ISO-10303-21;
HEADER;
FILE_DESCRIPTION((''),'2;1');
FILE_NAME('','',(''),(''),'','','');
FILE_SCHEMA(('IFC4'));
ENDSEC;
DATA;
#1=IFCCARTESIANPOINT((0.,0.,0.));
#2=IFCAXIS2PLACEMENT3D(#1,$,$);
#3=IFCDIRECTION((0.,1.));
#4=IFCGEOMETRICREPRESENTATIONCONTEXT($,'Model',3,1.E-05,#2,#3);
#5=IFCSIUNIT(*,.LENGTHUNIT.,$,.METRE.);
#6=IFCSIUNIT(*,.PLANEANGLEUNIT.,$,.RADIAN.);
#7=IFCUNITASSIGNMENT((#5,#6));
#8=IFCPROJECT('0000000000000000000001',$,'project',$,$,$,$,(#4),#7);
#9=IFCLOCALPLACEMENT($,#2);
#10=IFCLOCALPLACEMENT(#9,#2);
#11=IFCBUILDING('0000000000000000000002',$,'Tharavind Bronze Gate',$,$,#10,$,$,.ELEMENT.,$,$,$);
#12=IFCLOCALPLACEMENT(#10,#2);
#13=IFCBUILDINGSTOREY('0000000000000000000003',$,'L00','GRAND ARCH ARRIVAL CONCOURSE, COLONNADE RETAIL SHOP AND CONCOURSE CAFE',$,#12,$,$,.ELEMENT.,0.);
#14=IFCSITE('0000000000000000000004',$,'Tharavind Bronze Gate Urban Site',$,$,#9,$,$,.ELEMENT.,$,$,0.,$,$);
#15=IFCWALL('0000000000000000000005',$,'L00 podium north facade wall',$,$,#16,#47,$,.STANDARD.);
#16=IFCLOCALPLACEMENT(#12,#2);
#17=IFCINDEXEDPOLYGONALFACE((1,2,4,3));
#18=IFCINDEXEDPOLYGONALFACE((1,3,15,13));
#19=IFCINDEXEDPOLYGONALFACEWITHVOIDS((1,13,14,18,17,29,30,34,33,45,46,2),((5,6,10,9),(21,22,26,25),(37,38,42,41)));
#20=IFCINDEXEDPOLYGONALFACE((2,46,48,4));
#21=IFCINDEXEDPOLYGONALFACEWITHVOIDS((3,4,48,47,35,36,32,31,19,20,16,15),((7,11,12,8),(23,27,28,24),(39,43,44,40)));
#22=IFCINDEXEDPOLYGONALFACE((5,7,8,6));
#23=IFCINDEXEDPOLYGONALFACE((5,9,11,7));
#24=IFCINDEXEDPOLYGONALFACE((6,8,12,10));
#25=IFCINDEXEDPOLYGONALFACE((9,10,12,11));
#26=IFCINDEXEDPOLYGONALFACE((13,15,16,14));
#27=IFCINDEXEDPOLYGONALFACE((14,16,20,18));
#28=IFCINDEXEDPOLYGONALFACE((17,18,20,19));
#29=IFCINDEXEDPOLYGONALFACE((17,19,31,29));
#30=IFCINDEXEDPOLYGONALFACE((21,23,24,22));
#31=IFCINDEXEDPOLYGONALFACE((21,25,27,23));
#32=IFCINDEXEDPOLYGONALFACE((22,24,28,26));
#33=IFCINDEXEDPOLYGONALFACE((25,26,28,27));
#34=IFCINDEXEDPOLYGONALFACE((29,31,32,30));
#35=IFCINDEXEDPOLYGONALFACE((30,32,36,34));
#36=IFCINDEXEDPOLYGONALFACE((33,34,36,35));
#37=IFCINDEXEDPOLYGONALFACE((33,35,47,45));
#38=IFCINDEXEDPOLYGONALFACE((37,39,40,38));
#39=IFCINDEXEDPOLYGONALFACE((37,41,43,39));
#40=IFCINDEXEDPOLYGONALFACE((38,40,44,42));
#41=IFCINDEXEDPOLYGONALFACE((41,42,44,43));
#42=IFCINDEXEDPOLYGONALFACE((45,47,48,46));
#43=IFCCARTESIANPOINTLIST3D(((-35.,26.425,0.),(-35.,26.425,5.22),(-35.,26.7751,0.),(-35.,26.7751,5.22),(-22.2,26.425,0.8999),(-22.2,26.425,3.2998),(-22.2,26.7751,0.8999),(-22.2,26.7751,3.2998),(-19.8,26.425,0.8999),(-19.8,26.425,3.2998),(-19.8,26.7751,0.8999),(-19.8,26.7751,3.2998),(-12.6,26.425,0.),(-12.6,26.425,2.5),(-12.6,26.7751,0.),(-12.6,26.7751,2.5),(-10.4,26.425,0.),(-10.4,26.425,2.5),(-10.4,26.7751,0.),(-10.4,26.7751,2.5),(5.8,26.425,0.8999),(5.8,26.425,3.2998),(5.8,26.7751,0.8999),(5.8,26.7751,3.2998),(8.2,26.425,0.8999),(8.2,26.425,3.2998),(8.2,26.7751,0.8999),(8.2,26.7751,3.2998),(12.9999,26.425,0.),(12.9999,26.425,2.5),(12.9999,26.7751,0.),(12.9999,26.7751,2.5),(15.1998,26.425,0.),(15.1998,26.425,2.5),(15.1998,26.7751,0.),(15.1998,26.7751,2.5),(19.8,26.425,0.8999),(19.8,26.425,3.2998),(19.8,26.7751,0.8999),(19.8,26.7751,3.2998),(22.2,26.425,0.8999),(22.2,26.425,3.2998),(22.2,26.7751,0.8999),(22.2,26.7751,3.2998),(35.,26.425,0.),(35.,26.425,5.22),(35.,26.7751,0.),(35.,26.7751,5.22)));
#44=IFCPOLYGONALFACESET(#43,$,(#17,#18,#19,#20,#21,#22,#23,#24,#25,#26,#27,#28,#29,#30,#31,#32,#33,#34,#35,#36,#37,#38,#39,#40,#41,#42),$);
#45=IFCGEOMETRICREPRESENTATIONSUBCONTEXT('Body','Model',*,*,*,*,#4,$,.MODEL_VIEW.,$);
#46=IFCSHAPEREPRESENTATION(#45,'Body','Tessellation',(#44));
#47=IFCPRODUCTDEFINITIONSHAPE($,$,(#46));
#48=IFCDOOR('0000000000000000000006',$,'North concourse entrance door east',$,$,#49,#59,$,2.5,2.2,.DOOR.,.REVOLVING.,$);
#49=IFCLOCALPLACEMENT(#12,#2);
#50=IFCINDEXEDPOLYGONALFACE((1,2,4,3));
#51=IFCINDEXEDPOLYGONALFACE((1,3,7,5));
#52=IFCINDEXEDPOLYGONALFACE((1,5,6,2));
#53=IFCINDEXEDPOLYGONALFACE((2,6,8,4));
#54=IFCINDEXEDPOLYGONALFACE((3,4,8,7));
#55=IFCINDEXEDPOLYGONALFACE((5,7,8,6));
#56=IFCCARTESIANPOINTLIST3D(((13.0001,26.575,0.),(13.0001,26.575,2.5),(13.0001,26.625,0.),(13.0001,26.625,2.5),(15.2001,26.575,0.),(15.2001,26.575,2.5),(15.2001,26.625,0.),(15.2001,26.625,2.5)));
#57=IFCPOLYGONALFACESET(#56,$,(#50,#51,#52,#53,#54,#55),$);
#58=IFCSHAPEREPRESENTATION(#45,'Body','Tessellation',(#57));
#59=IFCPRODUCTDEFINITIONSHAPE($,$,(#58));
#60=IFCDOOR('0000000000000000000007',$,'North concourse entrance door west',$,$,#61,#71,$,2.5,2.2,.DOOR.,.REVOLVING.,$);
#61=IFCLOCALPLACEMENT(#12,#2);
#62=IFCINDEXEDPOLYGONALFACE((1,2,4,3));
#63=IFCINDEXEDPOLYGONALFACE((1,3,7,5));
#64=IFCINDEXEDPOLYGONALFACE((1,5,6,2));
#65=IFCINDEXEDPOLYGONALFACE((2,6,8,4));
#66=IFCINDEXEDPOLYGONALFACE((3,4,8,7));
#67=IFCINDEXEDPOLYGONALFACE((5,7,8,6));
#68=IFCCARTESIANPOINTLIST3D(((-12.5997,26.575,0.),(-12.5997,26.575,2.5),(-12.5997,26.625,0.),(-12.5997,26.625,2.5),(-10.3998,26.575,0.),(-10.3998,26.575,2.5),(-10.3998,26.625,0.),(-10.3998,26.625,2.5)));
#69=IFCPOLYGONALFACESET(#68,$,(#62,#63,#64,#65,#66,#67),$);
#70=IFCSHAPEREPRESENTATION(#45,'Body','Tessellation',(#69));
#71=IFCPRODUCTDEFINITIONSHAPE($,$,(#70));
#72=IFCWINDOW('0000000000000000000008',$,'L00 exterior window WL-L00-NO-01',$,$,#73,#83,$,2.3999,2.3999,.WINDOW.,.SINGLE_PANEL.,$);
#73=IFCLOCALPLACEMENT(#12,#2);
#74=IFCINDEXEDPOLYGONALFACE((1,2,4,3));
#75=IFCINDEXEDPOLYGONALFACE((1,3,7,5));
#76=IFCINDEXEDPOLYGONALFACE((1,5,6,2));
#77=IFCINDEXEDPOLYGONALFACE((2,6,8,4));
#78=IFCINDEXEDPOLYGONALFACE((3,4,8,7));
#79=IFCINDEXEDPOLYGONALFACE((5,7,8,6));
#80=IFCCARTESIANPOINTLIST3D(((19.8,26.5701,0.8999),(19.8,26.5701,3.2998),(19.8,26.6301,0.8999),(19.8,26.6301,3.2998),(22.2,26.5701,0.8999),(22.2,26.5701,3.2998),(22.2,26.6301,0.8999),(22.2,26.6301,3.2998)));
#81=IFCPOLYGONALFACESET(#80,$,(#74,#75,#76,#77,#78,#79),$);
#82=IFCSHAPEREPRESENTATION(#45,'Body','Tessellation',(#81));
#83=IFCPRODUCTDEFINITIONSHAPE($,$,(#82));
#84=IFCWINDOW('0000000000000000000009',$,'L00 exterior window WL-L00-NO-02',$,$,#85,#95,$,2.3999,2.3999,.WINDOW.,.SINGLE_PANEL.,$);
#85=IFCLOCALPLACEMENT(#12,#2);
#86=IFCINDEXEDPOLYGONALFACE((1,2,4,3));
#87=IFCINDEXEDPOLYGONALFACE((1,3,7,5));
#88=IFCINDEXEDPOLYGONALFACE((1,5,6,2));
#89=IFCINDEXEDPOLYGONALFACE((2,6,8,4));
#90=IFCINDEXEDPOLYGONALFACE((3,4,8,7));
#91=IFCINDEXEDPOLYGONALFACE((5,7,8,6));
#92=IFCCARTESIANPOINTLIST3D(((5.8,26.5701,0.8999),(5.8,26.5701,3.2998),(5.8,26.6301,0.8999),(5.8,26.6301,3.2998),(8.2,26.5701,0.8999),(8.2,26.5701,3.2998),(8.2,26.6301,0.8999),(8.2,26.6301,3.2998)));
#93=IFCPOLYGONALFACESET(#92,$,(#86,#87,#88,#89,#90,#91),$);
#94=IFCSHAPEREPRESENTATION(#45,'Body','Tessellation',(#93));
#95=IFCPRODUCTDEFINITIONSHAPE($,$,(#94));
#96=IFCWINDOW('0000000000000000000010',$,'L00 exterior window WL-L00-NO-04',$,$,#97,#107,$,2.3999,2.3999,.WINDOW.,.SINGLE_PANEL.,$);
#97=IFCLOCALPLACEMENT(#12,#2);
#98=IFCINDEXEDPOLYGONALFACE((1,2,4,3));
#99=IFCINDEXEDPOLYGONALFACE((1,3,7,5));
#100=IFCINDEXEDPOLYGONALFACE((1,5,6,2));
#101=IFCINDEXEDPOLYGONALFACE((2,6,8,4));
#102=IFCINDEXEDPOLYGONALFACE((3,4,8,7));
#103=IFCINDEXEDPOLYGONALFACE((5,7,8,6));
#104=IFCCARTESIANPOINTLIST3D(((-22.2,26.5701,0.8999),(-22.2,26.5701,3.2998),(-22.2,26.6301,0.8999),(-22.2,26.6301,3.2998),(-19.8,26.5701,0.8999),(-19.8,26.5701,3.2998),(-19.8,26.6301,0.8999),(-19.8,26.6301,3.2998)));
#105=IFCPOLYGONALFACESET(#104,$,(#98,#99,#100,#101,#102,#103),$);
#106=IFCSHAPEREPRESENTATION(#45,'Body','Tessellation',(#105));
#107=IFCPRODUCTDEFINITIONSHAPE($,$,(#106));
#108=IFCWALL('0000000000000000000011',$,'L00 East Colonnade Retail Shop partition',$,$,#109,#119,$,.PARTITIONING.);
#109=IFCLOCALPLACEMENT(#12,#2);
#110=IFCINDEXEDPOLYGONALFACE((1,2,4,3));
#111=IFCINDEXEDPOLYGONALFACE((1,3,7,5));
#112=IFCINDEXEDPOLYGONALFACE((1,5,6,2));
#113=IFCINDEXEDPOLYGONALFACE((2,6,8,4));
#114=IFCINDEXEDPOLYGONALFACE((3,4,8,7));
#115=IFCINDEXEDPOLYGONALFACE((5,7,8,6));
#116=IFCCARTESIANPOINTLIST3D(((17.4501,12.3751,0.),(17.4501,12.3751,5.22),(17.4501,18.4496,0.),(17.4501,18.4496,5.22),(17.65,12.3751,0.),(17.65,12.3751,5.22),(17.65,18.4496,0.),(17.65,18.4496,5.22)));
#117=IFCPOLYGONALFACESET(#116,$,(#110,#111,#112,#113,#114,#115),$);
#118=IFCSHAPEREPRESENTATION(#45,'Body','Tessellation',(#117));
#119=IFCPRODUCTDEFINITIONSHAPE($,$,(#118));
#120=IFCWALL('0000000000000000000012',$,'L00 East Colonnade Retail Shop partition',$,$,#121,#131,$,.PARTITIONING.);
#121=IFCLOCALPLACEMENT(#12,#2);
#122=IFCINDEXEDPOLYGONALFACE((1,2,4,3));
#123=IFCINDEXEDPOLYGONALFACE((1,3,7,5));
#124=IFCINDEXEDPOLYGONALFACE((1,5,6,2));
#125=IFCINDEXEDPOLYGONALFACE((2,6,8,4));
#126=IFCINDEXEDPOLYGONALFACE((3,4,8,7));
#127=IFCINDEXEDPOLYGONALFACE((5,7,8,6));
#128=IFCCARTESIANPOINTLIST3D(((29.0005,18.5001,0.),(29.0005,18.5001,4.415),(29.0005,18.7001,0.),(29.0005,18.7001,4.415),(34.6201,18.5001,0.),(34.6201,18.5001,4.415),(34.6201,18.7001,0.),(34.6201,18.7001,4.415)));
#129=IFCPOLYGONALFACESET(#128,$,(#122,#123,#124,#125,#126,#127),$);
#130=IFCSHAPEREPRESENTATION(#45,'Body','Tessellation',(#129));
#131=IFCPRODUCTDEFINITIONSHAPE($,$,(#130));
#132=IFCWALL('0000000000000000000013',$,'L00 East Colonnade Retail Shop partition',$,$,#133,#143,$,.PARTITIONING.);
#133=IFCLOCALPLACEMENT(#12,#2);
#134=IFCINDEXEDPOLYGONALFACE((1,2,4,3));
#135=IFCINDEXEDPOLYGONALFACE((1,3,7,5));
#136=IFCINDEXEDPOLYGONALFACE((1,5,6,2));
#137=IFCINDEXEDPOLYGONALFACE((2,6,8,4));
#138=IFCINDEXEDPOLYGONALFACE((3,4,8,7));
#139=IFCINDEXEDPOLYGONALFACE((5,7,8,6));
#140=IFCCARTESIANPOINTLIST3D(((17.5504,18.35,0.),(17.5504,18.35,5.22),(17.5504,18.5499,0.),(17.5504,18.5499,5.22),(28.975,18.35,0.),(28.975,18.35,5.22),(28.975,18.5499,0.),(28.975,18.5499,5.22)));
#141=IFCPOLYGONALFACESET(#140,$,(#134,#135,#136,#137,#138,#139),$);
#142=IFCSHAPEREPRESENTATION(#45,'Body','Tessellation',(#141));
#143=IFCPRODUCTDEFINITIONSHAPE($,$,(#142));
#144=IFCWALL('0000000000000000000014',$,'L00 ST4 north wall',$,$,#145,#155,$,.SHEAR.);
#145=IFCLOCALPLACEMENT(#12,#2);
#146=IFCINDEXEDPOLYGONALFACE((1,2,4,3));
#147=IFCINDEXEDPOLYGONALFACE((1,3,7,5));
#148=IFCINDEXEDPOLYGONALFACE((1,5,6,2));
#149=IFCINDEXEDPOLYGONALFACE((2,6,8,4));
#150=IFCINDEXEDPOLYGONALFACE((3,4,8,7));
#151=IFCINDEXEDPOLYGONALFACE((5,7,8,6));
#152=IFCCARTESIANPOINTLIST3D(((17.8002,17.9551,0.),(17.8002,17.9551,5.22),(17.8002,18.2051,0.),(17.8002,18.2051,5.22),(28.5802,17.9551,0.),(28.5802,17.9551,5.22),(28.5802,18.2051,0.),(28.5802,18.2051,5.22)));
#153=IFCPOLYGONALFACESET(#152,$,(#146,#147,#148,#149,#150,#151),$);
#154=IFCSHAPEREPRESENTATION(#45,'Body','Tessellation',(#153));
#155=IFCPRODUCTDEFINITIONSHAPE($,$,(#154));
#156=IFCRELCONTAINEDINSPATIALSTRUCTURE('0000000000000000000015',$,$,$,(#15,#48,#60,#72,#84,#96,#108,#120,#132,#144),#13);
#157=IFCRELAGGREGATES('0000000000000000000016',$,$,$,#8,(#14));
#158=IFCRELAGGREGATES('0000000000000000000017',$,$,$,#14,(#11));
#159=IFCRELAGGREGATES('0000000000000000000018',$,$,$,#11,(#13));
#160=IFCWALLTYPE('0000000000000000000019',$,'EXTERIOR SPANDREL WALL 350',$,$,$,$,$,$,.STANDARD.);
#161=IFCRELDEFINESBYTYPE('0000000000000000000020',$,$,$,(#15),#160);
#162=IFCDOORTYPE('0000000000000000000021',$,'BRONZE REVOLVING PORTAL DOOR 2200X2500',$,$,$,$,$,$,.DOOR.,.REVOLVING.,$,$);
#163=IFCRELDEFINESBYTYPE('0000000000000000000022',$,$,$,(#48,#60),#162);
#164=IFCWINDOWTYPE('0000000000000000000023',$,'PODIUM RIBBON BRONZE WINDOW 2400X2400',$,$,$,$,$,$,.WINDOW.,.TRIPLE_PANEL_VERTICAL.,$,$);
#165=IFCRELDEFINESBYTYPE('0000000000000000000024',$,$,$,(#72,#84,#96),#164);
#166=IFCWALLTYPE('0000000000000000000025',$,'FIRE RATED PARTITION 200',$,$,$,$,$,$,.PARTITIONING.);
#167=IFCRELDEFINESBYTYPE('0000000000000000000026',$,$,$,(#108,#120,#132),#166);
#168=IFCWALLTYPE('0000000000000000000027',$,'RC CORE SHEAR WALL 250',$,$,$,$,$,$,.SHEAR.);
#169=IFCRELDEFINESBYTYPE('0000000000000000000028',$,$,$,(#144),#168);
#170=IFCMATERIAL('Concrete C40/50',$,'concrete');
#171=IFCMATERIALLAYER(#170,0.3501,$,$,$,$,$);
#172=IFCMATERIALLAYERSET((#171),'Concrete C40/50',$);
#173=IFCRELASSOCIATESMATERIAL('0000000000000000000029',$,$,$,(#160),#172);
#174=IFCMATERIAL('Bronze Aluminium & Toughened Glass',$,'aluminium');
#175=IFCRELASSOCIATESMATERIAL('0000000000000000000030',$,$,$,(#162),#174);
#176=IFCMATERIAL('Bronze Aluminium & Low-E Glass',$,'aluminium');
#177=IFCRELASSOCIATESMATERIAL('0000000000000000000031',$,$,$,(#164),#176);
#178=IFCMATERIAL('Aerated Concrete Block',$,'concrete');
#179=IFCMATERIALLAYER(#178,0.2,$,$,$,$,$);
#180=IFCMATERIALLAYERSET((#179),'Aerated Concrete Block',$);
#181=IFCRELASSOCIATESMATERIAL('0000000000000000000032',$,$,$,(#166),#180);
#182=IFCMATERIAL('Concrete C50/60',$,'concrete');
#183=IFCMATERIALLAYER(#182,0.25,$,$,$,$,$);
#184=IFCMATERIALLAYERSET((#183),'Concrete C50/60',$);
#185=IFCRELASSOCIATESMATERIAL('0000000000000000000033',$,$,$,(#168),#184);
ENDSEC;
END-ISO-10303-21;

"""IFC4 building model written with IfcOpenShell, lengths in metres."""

from ifc_helpers import new_model, si_unit, direction, frame, frame_2d, origin, place, context, subcontext, project, spatial, rectangle, extrude, material, layer, layer_set, type_object, element, fill, save


model = new_model("IFC4")

# Units and contexts
model_context = context("Model", 3, precision=1e-05, world=origin(), true_north=direction((0.0, 1.0)))
body_context = subcontext(model_context, "Body", "Model", "MODEL_VIEW")
ifc_project = project(units=[si_unit("LENGTHUNIT", "METRE"), si_unit("PLANEANGLEUNIT", "RADIAN")], contexts=[model_context])

# Site, building, storey
site_placement = place(None, origin())
site = spatial("IfcSite", under=ifc_project, at=site_placement, Name="Tharavind Bronze Gate Urban Site", CompositionType="ELEMENT", RefElevation=0.0)
building_placement = place(site_placement, origin())
building = spatial("IfcBuilding", under=site, at=building_placement, Name="Tharavind Bronze Gate", CompositionType="ELEMENT")
storey_placement = place(building_placement, origin())
storey = spatial("IfcBuildingStorey", under=building, at=storey_placement, Name="L00", Description="GRAND ARCH ARRIVAL CONCOURSE, COLONNADE RETAIL SHOP AND CONCOURSE CAFE", CompositionType="ELEMENT", Elevation=0.0)

# Wall, openings, doors, windows
ifc_material_1 = material(Name="Concrete C40/50", Category="concrete")
ifc_layer_1 = layer(ifc_material_1, 0.3501)
ifc_layer_set_1 = layer_set([ifc_layer_1], Name="Concrete C40/50")
wall_type_1 = type_object("IfcWallType", Name="EXTERIOR SPANDREL WALL 350", PredefinedType="STANDARD", material=ifc_layer_set_1)
wall_1_placement = place(storey_placement, frame((35.0, 26.6001, 0.0), z_axis=(0.0, 0.0, 1.0), x_axis=(-1.0, 0.0, 0.0)))
wall_1 = element("IfcWall", 1, at=wall_1_placement, inside=storey, type_object=wall_type_1, Name="L00 podium north facade wall", PredefinedType="STANDARD", context=body_context, shape_type="SweptSolid", body=[
    extrude(rectangle(XDim=70.0, YDim=0.3501, at=frame_2d((35.0, 0.0))), origin(), (0.0, 0.0, 1.0), 5.22),
])
opening_1_placement = place(wall_1_placement, frame((19.8, 0.0, 0.0)))
opening_1 = element("IfcOpeningElement", 2, at=opening_1_placement, cuts=wall_1, PredefinedType="OPENING", context=body_context, shape_type="SweptSolid", body=[
    extrude(rectangle(XDim=2.2, YDim=2.5, at=frame_2d((1.1001, 1.25))), frame((0.0, 0.185, 0.0), z_axis=(0.0, -1.0, 0.0), x_axis=(1.0, 0.0, 0.0)), (0.0, 0.0, 1.0), 0.3701),
])
opening_2_placement = place(wall_1_placement, frame((45.3999, 0.0, 0.0)))
opening_2 = element("IfcOpeningElement", 3, at=opening_2_placement, cuts=wall_1, PredefinedType="OPENING", context=body_context, shape_type="SweptSolid", body=[
    extrude(rectangle(XDim=2.2, YDim=2.5, at=frame_2d((1.1001, 1.25))), frame((0.0, 0.185, 0.0), z_axis=(0.0, -1.0, 0.0), x_axis=(1.0, 0.0, 0.0)), (0.0, 0.0, 1.0), 0.3701),
])
opening_3_placement = place(wall_1_placement, frame((12.8, 0.0, 0.8999)))
opening_3 = element("IfcOpeningElement", 4, at=opening_3_placement, cuts=wall_1, PredefinedType="OPENING", context=body_context, shape_type="SweptSolid", body=[
    extrude(rectangle(XDim=2.3999, YDim=2.3999, at=frame_2d((1.2, 1.2))), frame((0.0, 0.185, 0.0), z_axis=(0.0, -1.0, 0.0), x_axis=(1.0, 0.0, 0.0)), (0.0, 0.0, 1.0), 0.3701),
])
opening_4_placement = place(wall_1_placement, frame((26.8, 0.0, 0.8999)))
opening_4 = element("IfcOpeningElement", 5, at=opening_4_placement, cuts=wall_1, PredefinedType="OPENING", context=body_context, shape_type="SweptSolid", body=[
    extrude(rectangle(XDim=2.3999, YDim=2.3999, at=frame_2d((1.2, 1.2))), frame((0.0, 0.185, 0.0), z_axis=(0.0, -1.0, 0.0), x_axis=(1.0, 0.0, 0.0)), (0.0, 0.0, 1.0), 0.3701),
])
opening_5_placement = place(wall_1_placement, frame((54.8, 0.0, 0.8999)))
opening_5 = element("IfcOpeningElement", 6, at=opening_5_placement, cuts=wall_1, PredefinedType="OPENING", context=body_context, shape_type="SweptSolid", body=[
    extrude(rectangle(XDim=2.3999, YDim=2.3999, at=frame_2d((1.2, 1.2))), frame((0.0, 0.185, 0.0), z_axis=(0.0, -1.0, 0.0), x_axis=(1.0, 0.0, 0.0)), (0.0, 0.0, 1.0), 0.3701),
])
ifc_material_2 = material(Name="Bronze Aluminium & Toughened Glass", Category="aluminium")
door_type = type_object("IfcDoorType", Name="BRONZE REVOLVING PORTAL DOOR 2200X2500", OperationType="REVOLVING", PredefinedType="DOOR", material=ifc_material_2)
door_1_placement = place(opening_1_placement, frame((2.2, 0.0, 0.0), z_axis=(0.0, 0.0, 1.0), x_axis=(-1.0, 0.0, 0.0)))
door_1 = element("IfcDoor", 7, at=door_1_placement, inside=storey, type_object=door_type, Name="North concourse entrance door east", OperationType="REVOLVING", OverallHeight=2.5, OverallWidth=2.2, PredefinedType="DOOR", context=body_context, shape_type="SweptSolid", body=[
    extrude(rectangle(XDim=2.2, YDim=2.5, at=frame_2d((1.1001, 1.25))), frame((0.0, 0.0249, 0.0), z_axis=(0.0, -1.0, 0.0), x_axis=(1.0, 0.0, 0.0)), (0.0, 0.0, 1.0), 0.05),
])
fill(opening_1, door_1)
door_2_placement = place(opening_2_placement, frame((2.2, 0.0, 0.0), z_axis=(0.0, 0.0, 1.0), x_axis=(-1.0, 0.0, 0.0)))
door_2 = element("IfcDoor", 8, at=door_2_placement, inside=storey, type_object=door_type, Name="North concourse entrance door west", OperationType="REVOLVING", OverallHeight=2.5, OverallWidth=2.2, PredefinedType="DOOR", context=body_context, shape_type="SweptSolid", body=[
    extrude(rectangle(XDim=2.2, YDim=2.5, at=frame_2d((1.1001, 1.25))), frame((0.0, 0.0249, 0.0), z_axis=(0.0, -1.0, 0.0), x_axis=(1.0, 0.0, 0.0)), (0.0, 0.0, 1.0), 0.05),
])
fill(opening_2, door_2)
ifc_material_3 = material(Name="Bronze Aluminium & Low-E Glass", Category="aluminium")
window_type = type_object("IfcWindowType", Name="PODIUM RIBBON BRONZE WINDOW 2400X2400", PartitioningType="TRIPLE_PANEL_VERTICAL", PredefinedType="WINDOW", material=ifc_material_3)
window_1_placement = place(opening_3_placement, origin())
window_1 = element("IfcWindow", 9, at=window_1_placement, inside=storey, type_object=window_type, Name="L00 exterior window WL-L00-NO-01", OverallHeight=2.3999, OverallWidth=2.3999, PartitioningType="SINGLE_PANEL", PredefinedType="WINDOW", context=body_context, shape_type="SweptSolid", body=[
    extrude(rectangle(XDim=2.3999, YDim=2.3999, at=frame_2d((1.2, 1.2))), frame((0.0, 0.03, 0.0), z_axis=(0.0, -1.0, 0.0), x_axis=(1.0, 0.0, 0.0)), (0.0, 0.0, 1.0), 0.0601),
])
fill(opening_3, window_1)
window_2_placement = place(opening_4_placement, origin())
window_2 = element("IfcWindow", 10, at=window_2_placement, inside=storey, type_object=window_type, Name="L00 exterior window WL-L00-NO-02", OverallHeight=2.3999, OverallWidth=2.3999, PartitioningType="SINGLE_PANEL", PredefinedType="WINDOW", context=body_context, shape_type="SweptSolid", body=[
    extrude(rectangle(XDim=2.3999, YDim=2.3999, at=frame_2d((1.2, 1.2))), frame((0.0, 0.03, 0.0), z_axis=(0.0, -1.0, 0.0), x_axis=(1.0, 0.0, 0.0)), (0.0, 0.0, 1.0), 0.0601),
])
fill(opening_4, window_2)
window_3_placement = place(opening_5_placement, origin())
window_3 = element("IfcWindow", 11, at=window_3_placement, inside=storey, type_object=window_type, Name="L00 exterior window WL-L00-NO-04", OverallHeight=2.3999, OverallWidth=2.3999, PartitioningType="SINGLE_PANEL", PredefinedType="WINDOW", context=body_context, shape_type="SweptSolid", body=[
    extrude(rectangle(XDim=2.3999, YDim=2.3999, at=frame_2d((1.2, 1.2))), frame((0.0, 0.03, 0.0), z_axis=(0.0, -1.0, 0.0), x_axis=(1.0, 0.0, 0.0)), (0.0, 0.0, 1.0), 0.0601),
])
fill(opening_5, window_3)

# Walls
ifc_material_4 = material(Name="Aerated Concrete Block", Category="concrete")
ifc_layer_2 = layer(ifc_material_4, 0.2)
ifc_layer_set_2 = layer_set([ifc_layer_2], Name="Aerated Concrete Block")
wall_type_2 = type_object("IfcWallType", Name="FIRE RATED PARTITION 200", PredefinedType="PARTITIONING", material=ifc_layer_set_2)
wall_2_placement = place(storey_placement, frame((17.55, 18.4495, 0.0), z_axis=(0.0, 0.0, 1.0), x_axis=(0.0, -1.0, 0.0)))
element("IfcWall", 12, at=wall_2_placement, inside=storey, type_object=wall_type_2, Name="L00 East Colonnade Retail Shop partition", PredefinedType="PARTITIONING", context=body_context, shape_type="SweptSolid", body=[
    extrude(rectangle(XDim=6.0745, YDim=0.2, at=frame_2d((3.0371, 0.0))), origin(), (0.0, 0.0, 1.0), 5.22),
])
wall_3_placement = place(storey_placement, frame((34.6201, 18.6001, 0.0), z_axis=(0.0, 0.0, 1.0), x_axis=(-1.0, 0.0, 0.0)))
element("IfcWall", 13, at=wall_3_placement, inside=storey, type_object=wall_type_2, Name="L00 East Colonnade Retail Shop partition", PredefinedType="PARTITIONING", context=body_context, shape_type="SweptSolid", body=[
    extrude(rectangle(XDim=5.6196, YDim=0.2, at=frame_2d((2.8098, 0.0))), origin(), (0.0, 0.0, 1.0), 4.415),
])
wall_4_placement = place(storey_placement, frame((28.9751, 18.45, 0.0), z_axis=(0.0, 0.0, 1.0), x_axis=(-1.0, 0.0, 0.0)))
element("IfcWall", 14, at=wall_4_placement, inside=storey, type_object=wall_type_2, Name="L00 East Colonnade Retail Shop partition", PredefinedType="PARTITIONING", context=body_context, shape_type="SweptSolid", body=[
    extrude(rectangle(XDim=11.4246, YDim=0.2, at=frame_2d((5.7124, 0.0))), origin(), (0.0, 0.0, 1.0), 5.22),
])
ifc_material_5 = material(Name="Concrete C50/60", Category="concrete")
ifc_layer_3 = layer(ifc_material_5, 0.25)
ifc_layer_set_3 = layer_set([ifc_layer_3], Name="Concrete C50/60")
wall_type_3 = type_object("IfcWallType", Name="RC CORE SHEAR WALL 250", PredefinedType="SHEAR", material=ifc_layer_set_3)
wall_5_placement = place(storey_placement, frame((17.8, 18.0801, 0.0), z_axis=(0.0, 0.0, 1.0), x_axis=(1.0, 0.0, 0.0)))
element("IfcWall", 15, at=wall_5_placement, inside=storey, type_object=wall_type_3, Name="L00 ST4 north wall", PredefinedType="SHEAR", context=body_context, shape_type="SweptSolid", body=[
    extrude(rectangle(XDim=10.78, YDim=0.25, at=frame_2d((5.3901, 0.0))), origin(), (0.0, 0.0, 1.0), 5.22),
])

save(model, "model.ifc")
